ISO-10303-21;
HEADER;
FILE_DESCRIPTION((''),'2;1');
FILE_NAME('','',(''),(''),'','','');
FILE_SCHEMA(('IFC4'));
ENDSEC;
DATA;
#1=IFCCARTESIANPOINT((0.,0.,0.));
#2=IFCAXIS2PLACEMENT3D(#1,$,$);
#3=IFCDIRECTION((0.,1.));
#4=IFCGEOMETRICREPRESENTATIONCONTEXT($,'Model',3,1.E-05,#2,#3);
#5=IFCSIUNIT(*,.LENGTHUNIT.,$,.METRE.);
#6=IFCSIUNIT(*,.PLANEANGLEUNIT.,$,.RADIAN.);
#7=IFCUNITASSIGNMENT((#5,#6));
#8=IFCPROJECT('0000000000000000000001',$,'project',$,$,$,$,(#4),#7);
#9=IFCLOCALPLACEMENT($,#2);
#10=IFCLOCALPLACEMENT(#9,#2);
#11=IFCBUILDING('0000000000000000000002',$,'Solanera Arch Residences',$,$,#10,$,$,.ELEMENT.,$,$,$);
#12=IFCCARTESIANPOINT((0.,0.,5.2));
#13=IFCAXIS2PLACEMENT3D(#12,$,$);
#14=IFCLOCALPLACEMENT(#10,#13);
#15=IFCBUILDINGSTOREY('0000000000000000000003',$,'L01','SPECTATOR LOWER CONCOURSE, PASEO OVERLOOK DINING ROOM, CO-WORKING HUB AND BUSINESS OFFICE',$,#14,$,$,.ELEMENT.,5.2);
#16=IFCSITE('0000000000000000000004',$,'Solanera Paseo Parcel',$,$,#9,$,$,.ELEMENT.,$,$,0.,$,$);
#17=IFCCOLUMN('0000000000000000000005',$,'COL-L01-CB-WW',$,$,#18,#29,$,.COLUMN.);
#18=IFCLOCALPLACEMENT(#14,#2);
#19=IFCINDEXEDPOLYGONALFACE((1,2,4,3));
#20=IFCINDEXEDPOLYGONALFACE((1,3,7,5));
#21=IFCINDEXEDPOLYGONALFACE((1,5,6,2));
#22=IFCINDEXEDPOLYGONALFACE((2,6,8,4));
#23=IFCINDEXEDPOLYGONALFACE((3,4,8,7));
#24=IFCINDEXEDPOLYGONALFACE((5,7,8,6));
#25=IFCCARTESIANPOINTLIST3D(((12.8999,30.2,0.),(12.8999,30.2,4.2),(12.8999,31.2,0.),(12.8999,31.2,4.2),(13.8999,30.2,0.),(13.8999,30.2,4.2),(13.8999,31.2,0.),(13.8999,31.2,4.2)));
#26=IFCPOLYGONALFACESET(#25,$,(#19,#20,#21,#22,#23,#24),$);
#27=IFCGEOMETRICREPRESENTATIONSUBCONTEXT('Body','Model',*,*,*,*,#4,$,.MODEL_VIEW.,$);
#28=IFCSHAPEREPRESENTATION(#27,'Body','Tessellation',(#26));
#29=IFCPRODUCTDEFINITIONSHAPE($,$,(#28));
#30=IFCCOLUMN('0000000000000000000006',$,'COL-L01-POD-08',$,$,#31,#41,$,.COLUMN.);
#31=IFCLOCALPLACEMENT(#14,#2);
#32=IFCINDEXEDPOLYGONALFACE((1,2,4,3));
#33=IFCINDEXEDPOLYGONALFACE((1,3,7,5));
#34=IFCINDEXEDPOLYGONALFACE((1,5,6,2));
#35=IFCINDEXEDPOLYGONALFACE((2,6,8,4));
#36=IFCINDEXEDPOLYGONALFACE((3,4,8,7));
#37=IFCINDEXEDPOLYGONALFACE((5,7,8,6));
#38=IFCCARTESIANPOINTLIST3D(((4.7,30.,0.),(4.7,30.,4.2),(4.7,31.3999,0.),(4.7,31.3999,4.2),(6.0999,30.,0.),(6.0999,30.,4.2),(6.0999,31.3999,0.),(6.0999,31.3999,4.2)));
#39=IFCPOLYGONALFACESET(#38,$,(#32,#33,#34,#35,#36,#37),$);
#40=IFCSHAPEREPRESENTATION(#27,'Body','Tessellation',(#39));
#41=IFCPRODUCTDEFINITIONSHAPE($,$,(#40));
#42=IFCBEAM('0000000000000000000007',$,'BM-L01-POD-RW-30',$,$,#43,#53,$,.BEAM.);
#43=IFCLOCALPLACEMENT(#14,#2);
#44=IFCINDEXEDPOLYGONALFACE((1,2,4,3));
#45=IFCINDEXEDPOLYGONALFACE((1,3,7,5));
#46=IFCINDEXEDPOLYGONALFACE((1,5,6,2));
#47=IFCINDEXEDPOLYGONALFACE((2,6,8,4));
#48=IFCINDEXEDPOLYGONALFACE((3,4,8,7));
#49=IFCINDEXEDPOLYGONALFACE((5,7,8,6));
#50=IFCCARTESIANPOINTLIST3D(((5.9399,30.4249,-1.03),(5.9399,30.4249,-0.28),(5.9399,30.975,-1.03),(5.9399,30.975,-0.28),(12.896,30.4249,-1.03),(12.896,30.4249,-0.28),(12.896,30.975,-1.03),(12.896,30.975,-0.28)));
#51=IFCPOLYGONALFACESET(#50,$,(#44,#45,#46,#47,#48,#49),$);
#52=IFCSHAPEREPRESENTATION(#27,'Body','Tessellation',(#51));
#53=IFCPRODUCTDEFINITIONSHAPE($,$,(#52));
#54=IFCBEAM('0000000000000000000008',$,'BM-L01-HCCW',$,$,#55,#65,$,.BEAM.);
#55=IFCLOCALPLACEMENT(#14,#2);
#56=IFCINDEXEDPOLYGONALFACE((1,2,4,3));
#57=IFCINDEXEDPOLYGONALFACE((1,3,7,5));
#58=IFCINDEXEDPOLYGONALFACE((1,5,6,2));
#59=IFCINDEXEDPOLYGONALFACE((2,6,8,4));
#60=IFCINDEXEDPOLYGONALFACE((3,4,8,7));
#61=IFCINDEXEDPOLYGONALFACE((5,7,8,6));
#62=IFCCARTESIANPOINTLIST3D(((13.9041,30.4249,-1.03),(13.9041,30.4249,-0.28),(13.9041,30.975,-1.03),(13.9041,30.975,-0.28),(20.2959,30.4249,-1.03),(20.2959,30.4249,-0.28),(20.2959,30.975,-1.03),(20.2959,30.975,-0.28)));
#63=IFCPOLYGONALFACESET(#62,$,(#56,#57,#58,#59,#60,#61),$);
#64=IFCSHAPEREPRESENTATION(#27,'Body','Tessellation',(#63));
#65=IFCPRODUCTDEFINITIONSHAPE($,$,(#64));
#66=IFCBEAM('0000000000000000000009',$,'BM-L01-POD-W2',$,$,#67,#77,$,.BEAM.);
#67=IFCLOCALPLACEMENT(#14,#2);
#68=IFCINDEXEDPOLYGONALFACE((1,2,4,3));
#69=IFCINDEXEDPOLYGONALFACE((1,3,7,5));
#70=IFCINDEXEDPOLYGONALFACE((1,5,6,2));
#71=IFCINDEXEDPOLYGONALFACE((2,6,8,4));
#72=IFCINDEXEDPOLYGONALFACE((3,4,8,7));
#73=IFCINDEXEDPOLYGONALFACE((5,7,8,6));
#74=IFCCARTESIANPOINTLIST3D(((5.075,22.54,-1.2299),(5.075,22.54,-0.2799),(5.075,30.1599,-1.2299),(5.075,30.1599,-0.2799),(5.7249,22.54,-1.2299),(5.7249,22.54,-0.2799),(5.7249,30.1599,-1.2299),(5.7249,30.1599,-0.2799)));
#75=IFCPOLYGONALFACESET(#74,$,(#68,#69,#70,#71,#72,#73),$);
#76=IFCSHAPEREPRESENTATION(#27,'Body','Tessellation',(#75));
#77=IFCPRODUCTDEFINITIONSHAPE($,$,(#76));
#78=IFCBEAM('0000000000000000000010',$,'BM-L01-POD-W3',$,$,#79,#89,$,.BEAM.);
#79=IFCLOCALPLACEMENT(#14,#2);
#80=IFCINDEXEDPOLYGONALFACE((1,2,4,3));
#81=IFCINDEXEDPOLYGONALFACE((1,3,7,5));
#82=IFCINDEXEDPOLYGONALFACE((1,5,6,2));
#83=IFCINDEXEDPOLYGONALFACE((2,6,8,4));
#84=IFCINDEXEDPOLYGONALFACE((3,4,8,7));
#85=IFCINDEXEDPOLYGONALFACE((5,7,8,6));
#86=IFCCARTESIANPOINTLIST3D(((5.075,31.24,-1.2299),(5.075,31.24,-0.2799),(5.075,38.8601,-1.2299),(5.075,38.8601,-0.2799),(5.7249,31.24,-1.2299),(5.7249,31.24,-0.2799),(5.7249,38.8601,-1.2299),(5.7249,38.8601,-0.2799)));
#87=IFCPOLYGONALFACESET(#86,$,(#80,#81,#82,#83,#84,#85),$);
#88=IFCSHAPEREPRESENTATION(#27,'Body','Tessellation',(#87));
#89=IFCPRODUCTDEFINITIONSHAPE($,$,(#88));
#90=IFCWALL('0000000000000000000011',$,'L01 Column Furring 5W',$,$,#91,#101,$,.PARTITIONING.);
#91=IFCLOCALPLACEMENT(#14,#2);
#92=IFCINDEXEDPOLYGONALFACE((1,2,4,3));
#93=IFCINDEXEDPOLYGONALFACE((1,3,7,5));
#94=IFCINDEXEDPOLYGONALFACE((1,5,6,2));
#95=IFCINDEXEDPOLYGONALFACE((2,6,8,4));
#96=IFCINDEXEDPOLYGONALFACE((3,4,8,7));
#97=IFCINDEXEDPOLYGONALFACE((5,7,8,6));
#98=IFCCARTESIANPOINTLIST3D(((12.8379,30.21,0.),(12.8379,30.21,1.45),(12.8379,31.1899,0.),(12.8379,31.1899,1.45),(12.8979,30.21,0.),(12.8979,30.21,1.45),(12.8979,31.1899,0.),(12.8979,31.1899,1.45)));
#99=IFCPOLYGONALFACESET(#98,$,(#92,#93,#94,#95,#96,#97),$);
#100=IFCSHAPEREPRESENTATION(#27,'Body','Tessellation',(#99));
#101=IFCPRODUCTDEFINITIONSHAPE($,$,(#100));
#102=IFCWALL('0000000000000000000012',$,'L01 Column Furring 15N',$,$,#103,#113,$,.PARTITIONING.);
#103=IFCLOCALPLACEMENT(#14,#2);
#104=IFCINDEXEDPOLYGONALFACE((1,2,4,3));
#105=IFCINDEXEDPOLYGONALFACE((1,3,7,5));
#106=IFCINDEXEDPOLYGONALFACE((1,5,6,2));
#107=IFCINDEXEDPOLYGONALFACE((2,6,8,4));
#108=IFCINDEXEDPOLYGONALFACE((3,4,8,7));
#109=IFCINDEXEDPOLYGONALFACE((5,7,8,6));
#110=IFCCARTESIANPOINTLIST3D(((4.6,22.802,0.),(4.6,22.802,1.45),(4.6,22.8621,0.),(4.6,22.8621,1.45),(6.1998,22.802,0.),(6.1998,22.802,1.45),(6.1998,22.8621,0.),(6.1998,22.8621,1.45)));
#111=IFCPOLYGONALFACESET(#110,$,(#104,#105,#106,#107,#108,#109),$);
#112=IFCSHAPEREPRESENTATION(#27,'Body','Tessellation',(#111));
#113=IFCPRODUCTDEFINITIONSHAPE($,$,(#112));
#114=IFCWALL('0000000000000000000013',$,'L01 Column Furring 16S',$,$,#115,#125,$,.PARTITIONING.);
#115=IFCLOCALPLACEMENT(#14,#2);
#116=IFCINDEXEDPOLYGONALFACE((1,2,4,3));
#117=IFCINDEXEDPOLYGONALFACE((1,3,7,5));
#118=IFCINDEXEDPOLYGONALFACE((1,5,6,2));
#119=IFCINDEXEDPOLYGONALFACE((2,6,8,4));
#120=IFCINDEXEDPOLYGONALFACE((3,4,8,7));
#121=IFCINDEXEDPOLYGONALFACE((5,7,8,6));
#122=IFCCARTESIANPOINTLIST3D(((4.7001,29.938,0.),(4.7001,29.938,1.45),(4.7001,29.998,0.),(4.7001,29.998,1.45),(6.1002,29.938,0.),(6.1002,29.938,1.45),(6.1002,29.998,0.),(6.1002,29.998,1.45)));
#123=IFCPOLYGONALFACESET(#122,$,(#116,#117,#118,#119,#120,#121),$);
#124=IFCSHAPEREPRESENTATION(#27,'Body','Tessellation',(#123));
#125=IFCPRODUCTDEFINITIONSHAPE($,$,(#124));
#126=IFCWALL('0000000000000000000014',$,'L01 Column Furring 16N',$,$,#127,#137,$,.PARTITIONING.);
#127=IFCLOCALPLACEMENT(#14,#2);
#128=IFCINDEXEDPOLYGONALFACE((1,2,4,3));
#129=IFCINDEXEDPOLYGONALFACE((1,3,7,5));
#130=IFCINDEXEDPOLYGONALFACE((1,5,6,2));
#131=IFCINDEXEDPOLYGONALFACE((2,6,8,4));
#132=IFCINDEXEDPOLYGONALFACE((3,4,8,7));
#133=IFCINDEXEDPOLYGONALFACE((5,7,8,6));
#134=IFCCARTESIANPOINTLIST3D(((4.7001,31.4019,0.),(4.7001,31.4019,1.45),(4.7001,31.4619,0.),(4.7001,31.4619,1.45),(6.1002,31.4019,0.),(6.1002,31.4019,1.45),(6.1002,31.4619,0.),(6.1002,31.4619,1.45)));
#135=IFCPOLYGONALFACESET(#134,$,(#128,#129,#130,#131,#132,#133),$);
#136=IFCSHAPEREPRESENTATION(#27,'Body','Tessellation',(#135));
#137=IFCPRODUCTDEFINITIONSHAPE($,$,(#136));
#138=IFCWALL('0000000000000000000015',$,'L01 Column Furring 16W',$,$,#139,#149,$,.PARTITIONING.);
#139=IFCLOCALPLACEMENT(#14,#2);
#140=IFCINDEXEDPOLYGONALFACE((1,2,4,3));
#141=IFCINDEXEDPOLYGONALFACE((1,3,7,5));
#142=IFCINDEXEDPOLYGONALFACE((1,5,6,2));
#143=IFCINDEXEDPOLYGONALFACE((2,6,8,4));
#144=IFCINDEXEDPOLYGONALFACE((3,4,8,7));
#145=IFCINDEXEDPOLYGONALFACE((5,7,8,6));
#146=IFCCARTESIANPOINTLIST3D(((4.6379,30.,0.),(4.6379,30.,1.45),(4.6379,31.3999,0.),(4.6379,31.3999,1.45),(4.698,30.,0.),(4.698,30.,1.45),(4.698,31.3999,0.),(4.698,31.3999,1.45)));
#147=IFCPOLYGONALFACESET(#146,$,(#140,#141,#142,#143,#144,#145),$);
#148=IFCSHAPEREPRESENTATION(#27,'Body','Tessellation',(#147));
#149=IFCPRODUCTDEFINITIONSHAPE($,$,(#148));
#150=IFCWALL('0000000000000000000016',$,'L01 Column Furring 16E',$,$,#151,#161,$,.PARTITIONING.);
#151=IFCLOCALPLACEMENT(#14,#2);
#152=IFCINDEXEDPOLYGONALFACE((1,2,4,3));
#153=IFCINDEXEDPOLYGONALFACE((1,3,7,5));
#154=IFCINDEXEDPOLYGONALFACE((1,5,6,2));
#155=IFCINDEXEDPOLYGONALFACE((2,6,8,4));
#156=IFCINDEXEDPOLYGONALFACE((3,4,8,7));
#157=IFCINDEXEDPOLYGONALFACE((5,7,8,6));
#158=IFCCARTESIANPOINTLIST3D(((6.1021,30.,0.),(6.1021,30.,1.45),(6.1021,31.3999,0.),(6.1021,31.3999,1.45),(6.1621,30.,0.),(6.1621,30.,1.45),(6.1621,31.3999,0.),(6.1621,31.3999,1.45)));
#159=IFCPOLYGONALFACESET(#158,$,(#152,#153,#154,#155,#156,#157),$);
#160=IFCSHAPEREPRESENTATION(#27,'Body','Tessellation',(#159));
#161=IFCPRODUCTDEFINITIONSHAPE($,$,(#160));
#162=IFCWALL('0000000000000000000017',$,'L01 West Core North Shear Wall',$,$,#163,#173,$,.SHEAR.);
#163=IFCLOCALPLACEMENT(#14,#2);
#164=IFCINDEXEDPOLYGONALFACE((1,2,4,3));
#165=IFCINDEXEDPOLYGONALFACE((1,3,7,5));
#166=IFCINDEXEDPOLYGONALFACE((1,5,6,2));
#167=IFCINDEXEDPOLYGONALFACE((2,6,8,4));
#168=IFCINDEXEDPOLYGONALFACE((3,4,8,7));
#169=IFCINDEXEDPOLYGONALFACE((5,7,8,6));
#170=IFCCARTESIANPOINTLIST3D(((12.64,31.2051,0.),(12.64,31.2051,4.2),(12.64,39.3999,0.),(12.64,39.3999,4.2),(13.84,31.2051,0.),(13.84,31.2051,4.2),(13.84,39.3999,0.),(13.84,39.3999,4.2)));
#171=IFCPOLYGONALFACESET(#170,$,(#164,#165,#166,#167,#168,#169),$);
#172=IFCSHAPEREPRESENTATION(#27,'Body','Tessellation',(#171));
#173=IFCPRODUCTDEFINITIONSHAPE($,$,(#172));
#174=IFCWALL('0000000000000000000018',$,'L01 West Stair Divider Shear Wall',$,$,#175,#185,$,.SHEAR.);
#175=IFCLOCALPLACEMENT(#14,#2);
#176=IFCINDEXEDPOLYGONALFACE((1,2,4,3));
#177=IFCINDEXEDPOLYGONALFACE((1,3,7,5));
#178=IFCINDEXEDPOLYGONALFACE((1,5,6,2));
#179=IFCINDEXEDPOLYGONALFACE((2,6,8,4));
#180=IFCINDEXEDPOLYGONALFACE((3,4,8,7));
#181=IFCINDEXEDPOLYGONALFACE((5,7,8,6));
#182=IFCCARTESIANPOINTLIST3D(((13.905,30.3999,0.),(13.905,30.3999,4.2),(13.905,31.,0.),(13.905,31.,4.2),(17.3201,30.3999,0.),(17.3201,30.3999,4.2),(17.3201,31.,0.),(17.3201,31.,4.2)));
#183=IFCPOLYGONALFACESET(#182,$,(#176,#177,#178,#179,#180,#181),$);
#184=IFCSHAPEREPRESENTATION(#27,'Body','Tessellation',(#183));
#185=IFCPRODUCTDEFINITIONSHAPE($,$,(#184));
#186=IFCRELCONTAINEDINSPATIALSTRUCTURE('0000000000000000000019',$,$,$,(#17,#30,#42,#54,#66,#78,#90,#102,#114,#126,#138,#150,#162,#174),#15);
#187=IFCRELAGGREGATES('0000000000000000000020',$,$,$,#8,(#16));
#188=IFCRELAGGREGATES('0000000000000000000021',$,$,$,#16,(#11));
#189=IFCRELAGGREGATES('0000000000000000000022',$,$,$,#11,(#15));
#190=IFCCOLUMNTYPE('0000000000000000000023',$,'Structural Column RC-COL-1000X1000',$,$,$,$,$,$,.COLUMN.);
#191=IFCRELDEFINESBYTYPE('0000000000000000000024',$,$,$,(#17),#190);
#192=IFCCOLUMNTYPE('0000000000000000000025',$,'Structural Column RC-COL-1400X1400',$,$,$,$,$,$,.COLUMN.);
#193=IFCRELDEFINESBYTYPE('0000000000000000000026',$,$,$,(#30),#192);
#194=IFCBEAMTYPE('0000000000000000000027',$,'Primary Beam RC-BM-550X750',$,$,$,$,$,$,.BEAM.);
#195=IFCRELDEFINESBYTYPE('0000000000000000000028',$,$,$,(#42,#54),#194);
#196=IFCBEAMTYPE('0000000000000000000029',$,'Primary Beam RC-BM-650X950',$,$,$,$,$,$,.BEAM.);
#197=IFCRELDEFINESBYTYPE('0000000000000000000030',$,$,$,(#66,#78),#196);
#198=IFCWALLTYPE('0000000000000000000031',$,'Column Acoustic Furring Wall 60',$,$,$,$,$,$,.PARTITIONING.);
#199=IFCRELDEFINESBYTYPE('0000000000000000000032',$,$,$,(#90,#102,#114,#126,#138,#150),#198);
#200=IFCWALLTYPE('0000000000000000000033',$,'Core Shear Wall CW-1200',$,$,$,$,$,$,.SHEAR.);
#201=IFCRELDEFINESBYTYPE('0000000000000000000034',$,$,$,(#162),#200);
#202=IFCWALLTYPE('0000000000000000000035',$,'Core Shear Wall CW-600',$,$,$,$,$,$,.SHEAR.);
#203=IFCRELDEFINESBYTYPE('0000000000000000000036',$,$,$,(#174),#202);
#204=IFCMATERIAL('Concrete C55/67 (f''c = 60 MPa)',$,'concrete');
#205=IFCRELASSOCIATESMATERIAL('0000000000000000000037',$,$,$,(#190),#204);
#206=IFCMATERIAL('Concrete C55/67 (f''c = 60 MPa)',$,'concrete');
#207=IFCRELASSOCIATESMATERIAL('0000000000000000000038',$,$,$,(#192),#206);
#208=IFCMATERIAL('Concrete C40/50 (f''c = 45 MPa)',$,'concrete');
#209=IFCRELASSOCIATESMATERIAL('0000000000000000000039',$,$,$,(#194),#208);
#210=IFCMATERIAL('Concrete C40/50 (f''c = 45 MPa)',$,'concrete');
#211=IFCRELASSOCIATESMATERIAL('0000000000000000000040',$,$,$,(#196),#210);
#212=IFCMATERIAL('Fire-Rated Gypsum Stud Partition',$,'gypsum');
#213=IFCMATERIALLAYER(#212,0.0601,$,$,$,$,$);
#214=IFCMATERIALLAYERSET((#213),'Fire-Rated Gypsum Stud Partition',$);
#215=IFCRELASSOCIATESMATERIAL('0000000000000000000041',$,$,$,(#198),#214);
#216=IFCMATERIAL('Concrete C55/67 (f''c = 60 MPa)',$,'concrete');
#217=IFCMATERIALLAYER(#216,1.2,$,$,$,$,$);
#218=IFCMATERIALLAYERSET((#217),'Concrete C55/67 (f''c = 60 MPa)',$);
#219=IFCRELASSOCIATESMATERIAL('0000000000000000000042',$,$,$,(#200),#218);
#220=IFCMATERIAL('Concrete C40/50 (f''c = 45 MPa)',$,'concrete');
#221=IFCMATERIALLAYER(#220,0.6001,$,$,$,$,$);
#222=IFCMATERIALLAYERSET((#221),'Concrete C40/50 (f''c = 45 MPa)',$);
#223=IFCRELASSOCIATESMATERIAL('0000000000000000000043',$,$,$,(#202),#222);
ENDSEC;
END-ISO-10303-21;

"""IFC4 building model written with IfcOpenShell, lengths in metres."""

from ifc_helpers import new_model, si_unit, direction, frame, frame_2d, origin, origin_2d, place, context, subcontext, project, spatial, rectangle, extrude, material, layer, layer_set, material_profile, profile_set, type_object, element, save


model = new_model("IFC4")

# Units and contexts
model_context = context("Model", 3, precision=1e-05, world=origin(), true_north=direction((0.0, 1.0)))
body_context = subcontext(model_context, "Body", "Model", "MODEL_VIEW")
ifc_project = project(units=[si_unit("LENGTHUNIT", "METRE"), si_unit("PLANEANGLEUNIT", "RADIAN")], contexts=[model_context])

# Site, building, storey
site_placement = place(None, origin())
site = spatial("IfcSite", under=ifc_project, at=site_placement, Name="Solanera Paseo Parcel", CompositionType="ELEMENT", RefElevation=0.0)
building_placement = place(site_placement, origin())
building = spatial("IfcBuilding", under=site, at=building_placement, Name="Solanera Arch Residences", CompositionType="ELEMENT")
storey_placement = place(building_placement, frame((0.0, 0.0, 5.2)))
storey = spatial("IfcBuildingStorey", under=building, at=storey_placement, Name="L01", Description="SPECTATOR LOWER CONCOURSE, PASEO OVERLOOK DINING ROOM, CO-WORKING HUB AND BUSINESS OFFICE", CompositionType="ELEMENT", Elevation=5.2)

# Columns
ifc_material_1 = material(Name="Concrete C55/67 (f'c = 60 MPa)", Category="concrete")
ifc_material_profile_1 = material_profile(ifc_material_1, rectangle(XDim=1.0, YDim=1.0, at=origin_2d()))
ifc_profile_set_1 = profile_set([ifc_material_profile_1], Name="Concrete C55/67 (f'c = 60 MPa)")
column_type_1 = type_object("IfcColumnType", Name="Structural Column RC-COL-1000X1000", PredefinedType="COLUMN", material=ifc_profile_set_1)
column_1_placement = place(storey_placement, frame((13.3999, 30.7, 0.0), z_axis=(0.0, 0.0, 1.0), x_axis=(1.0, 0.0, 0.0)))
element("IfcColumn", 1, at=column_1_placement, inside=storey, type_object=column_type_1, Name="COL-L01-CB-WW", PredefinedType="COLUMN", context=body_context, shape_type="SweptSolid", body=[
    extrude(rectangle(XDim=1.0, YDim=1.0, at=origin_2d()), origin(), (0.0, 0.0, 1.0), 4.2),
])
ifc_material_2 = material(Name="Concrete C55/67 (f'c = 60 MPa)", Category="concrete")
ifc_material_profile_2 = material_profile(ifc_material_2, rectangle(XDim=1.3999, YDim=1.3999, at=origin_2d()))
ifc_profile_set_2 = profile_set([ifc_material_profile_2], Name="Concrete C55/67 (f'c = 60 MPa)")
column_type_2 = type_object("IfcColumnType", Name="Structural Column RC-COL-1400X1400", PredefinedType="COLUMN", material=ifc_profile_set_2)
column_2_placement = place(storey_placement, frame((5.3999, 30.7, 0.0), z_axis=(0.0, 0.0, 1.0), x_axis=(1.0, 0.0, 0.0)))
element("IfcColumn", 2, at=column_2_placement, inside=storey, type_object=column_type_2, Name="COL-L01-POD-08", PredefinedType="COLUMN", context=body_context, shape_type="SweptSolid", body=[
    extrude(rectangle(XDim=1.3999, YDim=1.3999, at=origin_2d()), origin(), (0.0, 0.0, 1.0), 4.2),
])

# Beams
ifc_material_3 = material(Name="Concrete C40/50 (f'c = 45 MPa)", Category="concrete")
ifc_material_profile_3 = material_profile(ifc_material_3, rectangle(XDim=0.55, YDim=0.75, at=origin_2d()))
ifc_profile_set_3 = profile_set([ifc_material_profile_3], Name="Concrete C40/50 (f'c = 45 MPa)")
beam_type_1 = type_object("IfcBeamType", Name="Primary Beam RC-BM-550X750", PredefinedType="BEAM", material=ifc_profile_set_3)
beam_1_placement = place(storey_placement, frame((5.9399, 30.7, -0.655), z_axis=(1.0, 0.0, 0.0), x_axis=(0.0, 1.0, 0.0)))
element("IfcBeam", 3, at=beam_1_placement, inside=storey, type_object=beam_type_1, Name="BM-L01-POD-RW-30", PredefinedType="BEAM", context=body_context, shape_type="SweptSolid", body=[
    extrude(rectangle(XDim=0.55, YDim=0.75, at=origin_2d()), origin(), (0.0, 0.0, 1.0), 6.9561),
])
beam_2_placement = place(storey_placement, frame((13.9041, 30.7, -0.655), z_axis=(1.0, 0.0, 0.0), x_axis=(0.0, 1.0, 0.0)))
element("IfcBeam", 4, at=beam_2_placement, inside=storey, type_object=beam_type_1, Name="BM-L01-HCCW", PredefinedType="BEAM", context=body_context, shape_type="SweptSolid", body=[
    extrude(rectangle(XDim=0.55, YDim=0.75, at=origin_2d()), origin(), (0.0, 0.0, 1.0), 6.3918),
])
ifc_material_4 = material(Name="Concrete C40/50 (f'c = 45 MPa)", Category="concrete")
ifc_material_profile_4 = material_profile(ifc_material_4, rectangle(XDim=0.6499, YDim=0.95, at=origin_2d()))
ifc_profile_set_4 = profile_set([ifc_material_profile_4], Name="Concrete C40/50 (f'c = 45 MPa)")
beam_type_2 = type_object("IfcBeamType", Name="Primary Beam RC-BM-650X950", PredefinedType="BEAM", material=ifc_profile_set_4)
beam_3_placement = place(storey_placement, frame((5.3999, 22.54, -0.7549), z_axis=(0.0, 1.0, 0.0), x_axis=(-1.0, 0.0, 0.0)))
element("IfcBeam", 5, at=beam_3_placement, inside=storey, type_object=beam_type_2, Name="BM-L01-POD-W2", PredefinedType="BEAM", context=body_context, shape_type="SweptSolid", body=[
    extrude(rectangle(XDim=0.6499, YDim=0.95, at=origin_2d()), origin(), (0.0, 0.0, 1.0), 7.6199),
])
beam_4_placement = place(storey_placement, frame((5.3999, 31.24, -0.7549), z_axis=(0.0, 1.0, 0.0), x_axis=(-1.0, 0.0, 0.0)))
element("IfcBeam", 6, at=beam_4_placement, inside=storey, type_object=beam_type_2, Name="BM-L01-POD-W3", PredefinedType="BEAM", context=body_context, shape_type="SweptSolid", body=[
    extrude(rectangle(XDim=0.6499, YDim=0.95, at=origin_2d()), origin(), (0.0, 0.0, 1.0), 7.6201),
])

# Walls
ifc_material_5 = material(Name="Fire-Rated Gypsum Stud Partition", Category="gypsum")
ifc_layer_1 = layer(ifc_material_5, 0.0601)
ifc_layer_set_1 = layer_set([ifc_layer_1], Name="Fire-Rated Gypsum Stud Partition")
wall_type_1 = type_object("IfcWallType", Name="Column Acoustic Furring Wall 60", PredefinedType="PARTITIONING", material=ifc_layer_set_1)
wall_1_placement = place(storey_placement, frame((12.8679, 30.21, 0.0), z_axis=(0.0, 0.0, 1.0), x_axis=(0.0, 1.0, 0.0)))
element("IfcWall", 7, at=wall_1_placement, inside=storey, type_object=wall_type_1, Name="L01 Column Furring 5W", PredefinedType="PARTITIONING", context=body_context, shape_type="SweptSolid", body=[
    extrude(rectangle(XDim=0.98, YDim=0.0601, at=frame_2d((0.49, 0.0))), origin(), (0.0, 0.0, 1.0), 1.45),
])
wall_2_placement = place(storey_placement, frame((4.6001, 22.832, 0.0), z_axis=(0.0, 0.0, 1.0), x_axis=(1.0, 0.0, 0.0)))
element("IfcWall", 8, at=wall_2_placement, inside=storey, type_object=wall_type_1, Name="L01 Column Furring 15N", PredefinedType="PARTITIONING", context=body_context, shape_type="SweptSolid", body=[
    extrude(rectangle(XDim=1.5999, YDim=0.0601, at=frame_2d((0.7998, 0.0))), origin(), (0.0, 0.0, 1.0), 1.45),
])
for number, where, z_axis, x_axis, name in (
    (9, (4.7, 29.968, 0.0), (0.0, 0.0, 1.0), (1.0, 0.0, 0.0), "L01 Column Furring 16S"),
    (10, (4.7, 31.4319, 0.0), (0.0, 0.0, 1.0), (1.0, 0.0, 0.0), "L01 Column Furring 16N"),
):
    element("IfcWall", number, at=place(storey_placement, frame(where, z_axis=z_axis, x_axis=x_axis)), inside=storey, type_object=wall_type_1, Name=name, PredefinedType="PARTITIONING", context=body_context, shape_type="SweptSolid", body=[
        extrude(rectangle(XDim=1.4001, YDim=0.0601, at=frame_2d((0.7002, 0.0))), origin(), (0.0, 0.0, 1.0), 1.45),
    ])
for number, where, z_axis, x_axis, name in (
    (11, (4.668, 30.0, 0.0), (0.0, 0.0, 1.0), (0.0, 1.0, 0.0), "L01 Column Furring 16W"),
    (12, (6.1321, 30.0, 0.0), (0.0, 0.0, 1.0), (0.0, 1.0, 0.0), "L01 Column Furring 16E"),
):
    element("IfcWall", number, at=place(storey_placement, frame(where, z_axis=z_axis, x_axis=x_axis)), inside=storey, type_object=wall_type_1, Name=name, PredefinedType="PARTITIONING", context=body_context, shape_type="SweptSolid", body=[
        extrude(rectangle(XDim=1.3999, YDim=0.0601, at=frame_2d((0.7, 0.0))), origin(), (0.0, 0.0, 1.0), 1.45),
    ])
ifc_material_6 = material(Name="Concrete C55/67 (f'c = 60 MPa)", Category="concrete")
ifc_layer_2 = layer(ifc_material_6, 1.2)
ifc_layer_set_2 = layer_set([ifc_layer_2], Name="Concrete C55/67 (f'c = 60 MPa)")
wall_type_2 = type_object("IfcWallType", Name="Core Shear Wall CW-1200", PredefinedType="SHEAR", material=ifc_layer_set_2)
wall_3_placement = place(storey_placement, frame((13.24, 31.2051, 0.0), z_axis=(0.0, 0.0, 1.0), x_axis=(0.0, 1.0, 0.0)))
element("IfcWall", 13, at=wall_3_placement, inside=storey, type_object=wall_type_2, Name="L01 West Core North Shear Wall", PredefinedType="SHEAR", context=body_context, shape_type="SweptSolid", body=[
    extrude(rectangle(XDim=8.1948, YDim=1.2, at=frame_2d((4.0974, 0.0))), origin(), (0.0, 0.0, 1.0), 4.2),
])
ifc_material_7 = material(Name="Concrete C40/50 (f'c = 45 MPa)", Category="concrete")
ifc_layer_3 = layer(ifc_material_7, 0.6001)
ifc_layer_set_3 = layer_set([ifc_layer_3], Name="Concrete C40/50 (f'c = 45 MPa)")
wall_type_3 = type_object("IfcWallType", Name="Core Shear Wall CW-600", PredefinedType="SHEAR", material=ifc_layer_set_3)
wall_4_placement = place(storey_placement, frame((13.905, 30.7, 0.0), z_axis=(0.0, 0.0, 1.0), x_axis=(1.0, 0.0, 0.0)))
element("IfcWall", 14, at=wall_4_placement, inside=storey, type_object=wall_type_3, Name="L01 West Stair Divider Shear Wall", PredefinedType="SHEAR", context=body_context, shape_type="SweptSolid", body=[
    extrude(rectangle(XDim=3.415, YDim=0.6001, at=frame_2d((1.7075, 0.0))), origin(), (0.0, 0.0, 1.0), 4.2),
])

save(model, "model.ifc")
